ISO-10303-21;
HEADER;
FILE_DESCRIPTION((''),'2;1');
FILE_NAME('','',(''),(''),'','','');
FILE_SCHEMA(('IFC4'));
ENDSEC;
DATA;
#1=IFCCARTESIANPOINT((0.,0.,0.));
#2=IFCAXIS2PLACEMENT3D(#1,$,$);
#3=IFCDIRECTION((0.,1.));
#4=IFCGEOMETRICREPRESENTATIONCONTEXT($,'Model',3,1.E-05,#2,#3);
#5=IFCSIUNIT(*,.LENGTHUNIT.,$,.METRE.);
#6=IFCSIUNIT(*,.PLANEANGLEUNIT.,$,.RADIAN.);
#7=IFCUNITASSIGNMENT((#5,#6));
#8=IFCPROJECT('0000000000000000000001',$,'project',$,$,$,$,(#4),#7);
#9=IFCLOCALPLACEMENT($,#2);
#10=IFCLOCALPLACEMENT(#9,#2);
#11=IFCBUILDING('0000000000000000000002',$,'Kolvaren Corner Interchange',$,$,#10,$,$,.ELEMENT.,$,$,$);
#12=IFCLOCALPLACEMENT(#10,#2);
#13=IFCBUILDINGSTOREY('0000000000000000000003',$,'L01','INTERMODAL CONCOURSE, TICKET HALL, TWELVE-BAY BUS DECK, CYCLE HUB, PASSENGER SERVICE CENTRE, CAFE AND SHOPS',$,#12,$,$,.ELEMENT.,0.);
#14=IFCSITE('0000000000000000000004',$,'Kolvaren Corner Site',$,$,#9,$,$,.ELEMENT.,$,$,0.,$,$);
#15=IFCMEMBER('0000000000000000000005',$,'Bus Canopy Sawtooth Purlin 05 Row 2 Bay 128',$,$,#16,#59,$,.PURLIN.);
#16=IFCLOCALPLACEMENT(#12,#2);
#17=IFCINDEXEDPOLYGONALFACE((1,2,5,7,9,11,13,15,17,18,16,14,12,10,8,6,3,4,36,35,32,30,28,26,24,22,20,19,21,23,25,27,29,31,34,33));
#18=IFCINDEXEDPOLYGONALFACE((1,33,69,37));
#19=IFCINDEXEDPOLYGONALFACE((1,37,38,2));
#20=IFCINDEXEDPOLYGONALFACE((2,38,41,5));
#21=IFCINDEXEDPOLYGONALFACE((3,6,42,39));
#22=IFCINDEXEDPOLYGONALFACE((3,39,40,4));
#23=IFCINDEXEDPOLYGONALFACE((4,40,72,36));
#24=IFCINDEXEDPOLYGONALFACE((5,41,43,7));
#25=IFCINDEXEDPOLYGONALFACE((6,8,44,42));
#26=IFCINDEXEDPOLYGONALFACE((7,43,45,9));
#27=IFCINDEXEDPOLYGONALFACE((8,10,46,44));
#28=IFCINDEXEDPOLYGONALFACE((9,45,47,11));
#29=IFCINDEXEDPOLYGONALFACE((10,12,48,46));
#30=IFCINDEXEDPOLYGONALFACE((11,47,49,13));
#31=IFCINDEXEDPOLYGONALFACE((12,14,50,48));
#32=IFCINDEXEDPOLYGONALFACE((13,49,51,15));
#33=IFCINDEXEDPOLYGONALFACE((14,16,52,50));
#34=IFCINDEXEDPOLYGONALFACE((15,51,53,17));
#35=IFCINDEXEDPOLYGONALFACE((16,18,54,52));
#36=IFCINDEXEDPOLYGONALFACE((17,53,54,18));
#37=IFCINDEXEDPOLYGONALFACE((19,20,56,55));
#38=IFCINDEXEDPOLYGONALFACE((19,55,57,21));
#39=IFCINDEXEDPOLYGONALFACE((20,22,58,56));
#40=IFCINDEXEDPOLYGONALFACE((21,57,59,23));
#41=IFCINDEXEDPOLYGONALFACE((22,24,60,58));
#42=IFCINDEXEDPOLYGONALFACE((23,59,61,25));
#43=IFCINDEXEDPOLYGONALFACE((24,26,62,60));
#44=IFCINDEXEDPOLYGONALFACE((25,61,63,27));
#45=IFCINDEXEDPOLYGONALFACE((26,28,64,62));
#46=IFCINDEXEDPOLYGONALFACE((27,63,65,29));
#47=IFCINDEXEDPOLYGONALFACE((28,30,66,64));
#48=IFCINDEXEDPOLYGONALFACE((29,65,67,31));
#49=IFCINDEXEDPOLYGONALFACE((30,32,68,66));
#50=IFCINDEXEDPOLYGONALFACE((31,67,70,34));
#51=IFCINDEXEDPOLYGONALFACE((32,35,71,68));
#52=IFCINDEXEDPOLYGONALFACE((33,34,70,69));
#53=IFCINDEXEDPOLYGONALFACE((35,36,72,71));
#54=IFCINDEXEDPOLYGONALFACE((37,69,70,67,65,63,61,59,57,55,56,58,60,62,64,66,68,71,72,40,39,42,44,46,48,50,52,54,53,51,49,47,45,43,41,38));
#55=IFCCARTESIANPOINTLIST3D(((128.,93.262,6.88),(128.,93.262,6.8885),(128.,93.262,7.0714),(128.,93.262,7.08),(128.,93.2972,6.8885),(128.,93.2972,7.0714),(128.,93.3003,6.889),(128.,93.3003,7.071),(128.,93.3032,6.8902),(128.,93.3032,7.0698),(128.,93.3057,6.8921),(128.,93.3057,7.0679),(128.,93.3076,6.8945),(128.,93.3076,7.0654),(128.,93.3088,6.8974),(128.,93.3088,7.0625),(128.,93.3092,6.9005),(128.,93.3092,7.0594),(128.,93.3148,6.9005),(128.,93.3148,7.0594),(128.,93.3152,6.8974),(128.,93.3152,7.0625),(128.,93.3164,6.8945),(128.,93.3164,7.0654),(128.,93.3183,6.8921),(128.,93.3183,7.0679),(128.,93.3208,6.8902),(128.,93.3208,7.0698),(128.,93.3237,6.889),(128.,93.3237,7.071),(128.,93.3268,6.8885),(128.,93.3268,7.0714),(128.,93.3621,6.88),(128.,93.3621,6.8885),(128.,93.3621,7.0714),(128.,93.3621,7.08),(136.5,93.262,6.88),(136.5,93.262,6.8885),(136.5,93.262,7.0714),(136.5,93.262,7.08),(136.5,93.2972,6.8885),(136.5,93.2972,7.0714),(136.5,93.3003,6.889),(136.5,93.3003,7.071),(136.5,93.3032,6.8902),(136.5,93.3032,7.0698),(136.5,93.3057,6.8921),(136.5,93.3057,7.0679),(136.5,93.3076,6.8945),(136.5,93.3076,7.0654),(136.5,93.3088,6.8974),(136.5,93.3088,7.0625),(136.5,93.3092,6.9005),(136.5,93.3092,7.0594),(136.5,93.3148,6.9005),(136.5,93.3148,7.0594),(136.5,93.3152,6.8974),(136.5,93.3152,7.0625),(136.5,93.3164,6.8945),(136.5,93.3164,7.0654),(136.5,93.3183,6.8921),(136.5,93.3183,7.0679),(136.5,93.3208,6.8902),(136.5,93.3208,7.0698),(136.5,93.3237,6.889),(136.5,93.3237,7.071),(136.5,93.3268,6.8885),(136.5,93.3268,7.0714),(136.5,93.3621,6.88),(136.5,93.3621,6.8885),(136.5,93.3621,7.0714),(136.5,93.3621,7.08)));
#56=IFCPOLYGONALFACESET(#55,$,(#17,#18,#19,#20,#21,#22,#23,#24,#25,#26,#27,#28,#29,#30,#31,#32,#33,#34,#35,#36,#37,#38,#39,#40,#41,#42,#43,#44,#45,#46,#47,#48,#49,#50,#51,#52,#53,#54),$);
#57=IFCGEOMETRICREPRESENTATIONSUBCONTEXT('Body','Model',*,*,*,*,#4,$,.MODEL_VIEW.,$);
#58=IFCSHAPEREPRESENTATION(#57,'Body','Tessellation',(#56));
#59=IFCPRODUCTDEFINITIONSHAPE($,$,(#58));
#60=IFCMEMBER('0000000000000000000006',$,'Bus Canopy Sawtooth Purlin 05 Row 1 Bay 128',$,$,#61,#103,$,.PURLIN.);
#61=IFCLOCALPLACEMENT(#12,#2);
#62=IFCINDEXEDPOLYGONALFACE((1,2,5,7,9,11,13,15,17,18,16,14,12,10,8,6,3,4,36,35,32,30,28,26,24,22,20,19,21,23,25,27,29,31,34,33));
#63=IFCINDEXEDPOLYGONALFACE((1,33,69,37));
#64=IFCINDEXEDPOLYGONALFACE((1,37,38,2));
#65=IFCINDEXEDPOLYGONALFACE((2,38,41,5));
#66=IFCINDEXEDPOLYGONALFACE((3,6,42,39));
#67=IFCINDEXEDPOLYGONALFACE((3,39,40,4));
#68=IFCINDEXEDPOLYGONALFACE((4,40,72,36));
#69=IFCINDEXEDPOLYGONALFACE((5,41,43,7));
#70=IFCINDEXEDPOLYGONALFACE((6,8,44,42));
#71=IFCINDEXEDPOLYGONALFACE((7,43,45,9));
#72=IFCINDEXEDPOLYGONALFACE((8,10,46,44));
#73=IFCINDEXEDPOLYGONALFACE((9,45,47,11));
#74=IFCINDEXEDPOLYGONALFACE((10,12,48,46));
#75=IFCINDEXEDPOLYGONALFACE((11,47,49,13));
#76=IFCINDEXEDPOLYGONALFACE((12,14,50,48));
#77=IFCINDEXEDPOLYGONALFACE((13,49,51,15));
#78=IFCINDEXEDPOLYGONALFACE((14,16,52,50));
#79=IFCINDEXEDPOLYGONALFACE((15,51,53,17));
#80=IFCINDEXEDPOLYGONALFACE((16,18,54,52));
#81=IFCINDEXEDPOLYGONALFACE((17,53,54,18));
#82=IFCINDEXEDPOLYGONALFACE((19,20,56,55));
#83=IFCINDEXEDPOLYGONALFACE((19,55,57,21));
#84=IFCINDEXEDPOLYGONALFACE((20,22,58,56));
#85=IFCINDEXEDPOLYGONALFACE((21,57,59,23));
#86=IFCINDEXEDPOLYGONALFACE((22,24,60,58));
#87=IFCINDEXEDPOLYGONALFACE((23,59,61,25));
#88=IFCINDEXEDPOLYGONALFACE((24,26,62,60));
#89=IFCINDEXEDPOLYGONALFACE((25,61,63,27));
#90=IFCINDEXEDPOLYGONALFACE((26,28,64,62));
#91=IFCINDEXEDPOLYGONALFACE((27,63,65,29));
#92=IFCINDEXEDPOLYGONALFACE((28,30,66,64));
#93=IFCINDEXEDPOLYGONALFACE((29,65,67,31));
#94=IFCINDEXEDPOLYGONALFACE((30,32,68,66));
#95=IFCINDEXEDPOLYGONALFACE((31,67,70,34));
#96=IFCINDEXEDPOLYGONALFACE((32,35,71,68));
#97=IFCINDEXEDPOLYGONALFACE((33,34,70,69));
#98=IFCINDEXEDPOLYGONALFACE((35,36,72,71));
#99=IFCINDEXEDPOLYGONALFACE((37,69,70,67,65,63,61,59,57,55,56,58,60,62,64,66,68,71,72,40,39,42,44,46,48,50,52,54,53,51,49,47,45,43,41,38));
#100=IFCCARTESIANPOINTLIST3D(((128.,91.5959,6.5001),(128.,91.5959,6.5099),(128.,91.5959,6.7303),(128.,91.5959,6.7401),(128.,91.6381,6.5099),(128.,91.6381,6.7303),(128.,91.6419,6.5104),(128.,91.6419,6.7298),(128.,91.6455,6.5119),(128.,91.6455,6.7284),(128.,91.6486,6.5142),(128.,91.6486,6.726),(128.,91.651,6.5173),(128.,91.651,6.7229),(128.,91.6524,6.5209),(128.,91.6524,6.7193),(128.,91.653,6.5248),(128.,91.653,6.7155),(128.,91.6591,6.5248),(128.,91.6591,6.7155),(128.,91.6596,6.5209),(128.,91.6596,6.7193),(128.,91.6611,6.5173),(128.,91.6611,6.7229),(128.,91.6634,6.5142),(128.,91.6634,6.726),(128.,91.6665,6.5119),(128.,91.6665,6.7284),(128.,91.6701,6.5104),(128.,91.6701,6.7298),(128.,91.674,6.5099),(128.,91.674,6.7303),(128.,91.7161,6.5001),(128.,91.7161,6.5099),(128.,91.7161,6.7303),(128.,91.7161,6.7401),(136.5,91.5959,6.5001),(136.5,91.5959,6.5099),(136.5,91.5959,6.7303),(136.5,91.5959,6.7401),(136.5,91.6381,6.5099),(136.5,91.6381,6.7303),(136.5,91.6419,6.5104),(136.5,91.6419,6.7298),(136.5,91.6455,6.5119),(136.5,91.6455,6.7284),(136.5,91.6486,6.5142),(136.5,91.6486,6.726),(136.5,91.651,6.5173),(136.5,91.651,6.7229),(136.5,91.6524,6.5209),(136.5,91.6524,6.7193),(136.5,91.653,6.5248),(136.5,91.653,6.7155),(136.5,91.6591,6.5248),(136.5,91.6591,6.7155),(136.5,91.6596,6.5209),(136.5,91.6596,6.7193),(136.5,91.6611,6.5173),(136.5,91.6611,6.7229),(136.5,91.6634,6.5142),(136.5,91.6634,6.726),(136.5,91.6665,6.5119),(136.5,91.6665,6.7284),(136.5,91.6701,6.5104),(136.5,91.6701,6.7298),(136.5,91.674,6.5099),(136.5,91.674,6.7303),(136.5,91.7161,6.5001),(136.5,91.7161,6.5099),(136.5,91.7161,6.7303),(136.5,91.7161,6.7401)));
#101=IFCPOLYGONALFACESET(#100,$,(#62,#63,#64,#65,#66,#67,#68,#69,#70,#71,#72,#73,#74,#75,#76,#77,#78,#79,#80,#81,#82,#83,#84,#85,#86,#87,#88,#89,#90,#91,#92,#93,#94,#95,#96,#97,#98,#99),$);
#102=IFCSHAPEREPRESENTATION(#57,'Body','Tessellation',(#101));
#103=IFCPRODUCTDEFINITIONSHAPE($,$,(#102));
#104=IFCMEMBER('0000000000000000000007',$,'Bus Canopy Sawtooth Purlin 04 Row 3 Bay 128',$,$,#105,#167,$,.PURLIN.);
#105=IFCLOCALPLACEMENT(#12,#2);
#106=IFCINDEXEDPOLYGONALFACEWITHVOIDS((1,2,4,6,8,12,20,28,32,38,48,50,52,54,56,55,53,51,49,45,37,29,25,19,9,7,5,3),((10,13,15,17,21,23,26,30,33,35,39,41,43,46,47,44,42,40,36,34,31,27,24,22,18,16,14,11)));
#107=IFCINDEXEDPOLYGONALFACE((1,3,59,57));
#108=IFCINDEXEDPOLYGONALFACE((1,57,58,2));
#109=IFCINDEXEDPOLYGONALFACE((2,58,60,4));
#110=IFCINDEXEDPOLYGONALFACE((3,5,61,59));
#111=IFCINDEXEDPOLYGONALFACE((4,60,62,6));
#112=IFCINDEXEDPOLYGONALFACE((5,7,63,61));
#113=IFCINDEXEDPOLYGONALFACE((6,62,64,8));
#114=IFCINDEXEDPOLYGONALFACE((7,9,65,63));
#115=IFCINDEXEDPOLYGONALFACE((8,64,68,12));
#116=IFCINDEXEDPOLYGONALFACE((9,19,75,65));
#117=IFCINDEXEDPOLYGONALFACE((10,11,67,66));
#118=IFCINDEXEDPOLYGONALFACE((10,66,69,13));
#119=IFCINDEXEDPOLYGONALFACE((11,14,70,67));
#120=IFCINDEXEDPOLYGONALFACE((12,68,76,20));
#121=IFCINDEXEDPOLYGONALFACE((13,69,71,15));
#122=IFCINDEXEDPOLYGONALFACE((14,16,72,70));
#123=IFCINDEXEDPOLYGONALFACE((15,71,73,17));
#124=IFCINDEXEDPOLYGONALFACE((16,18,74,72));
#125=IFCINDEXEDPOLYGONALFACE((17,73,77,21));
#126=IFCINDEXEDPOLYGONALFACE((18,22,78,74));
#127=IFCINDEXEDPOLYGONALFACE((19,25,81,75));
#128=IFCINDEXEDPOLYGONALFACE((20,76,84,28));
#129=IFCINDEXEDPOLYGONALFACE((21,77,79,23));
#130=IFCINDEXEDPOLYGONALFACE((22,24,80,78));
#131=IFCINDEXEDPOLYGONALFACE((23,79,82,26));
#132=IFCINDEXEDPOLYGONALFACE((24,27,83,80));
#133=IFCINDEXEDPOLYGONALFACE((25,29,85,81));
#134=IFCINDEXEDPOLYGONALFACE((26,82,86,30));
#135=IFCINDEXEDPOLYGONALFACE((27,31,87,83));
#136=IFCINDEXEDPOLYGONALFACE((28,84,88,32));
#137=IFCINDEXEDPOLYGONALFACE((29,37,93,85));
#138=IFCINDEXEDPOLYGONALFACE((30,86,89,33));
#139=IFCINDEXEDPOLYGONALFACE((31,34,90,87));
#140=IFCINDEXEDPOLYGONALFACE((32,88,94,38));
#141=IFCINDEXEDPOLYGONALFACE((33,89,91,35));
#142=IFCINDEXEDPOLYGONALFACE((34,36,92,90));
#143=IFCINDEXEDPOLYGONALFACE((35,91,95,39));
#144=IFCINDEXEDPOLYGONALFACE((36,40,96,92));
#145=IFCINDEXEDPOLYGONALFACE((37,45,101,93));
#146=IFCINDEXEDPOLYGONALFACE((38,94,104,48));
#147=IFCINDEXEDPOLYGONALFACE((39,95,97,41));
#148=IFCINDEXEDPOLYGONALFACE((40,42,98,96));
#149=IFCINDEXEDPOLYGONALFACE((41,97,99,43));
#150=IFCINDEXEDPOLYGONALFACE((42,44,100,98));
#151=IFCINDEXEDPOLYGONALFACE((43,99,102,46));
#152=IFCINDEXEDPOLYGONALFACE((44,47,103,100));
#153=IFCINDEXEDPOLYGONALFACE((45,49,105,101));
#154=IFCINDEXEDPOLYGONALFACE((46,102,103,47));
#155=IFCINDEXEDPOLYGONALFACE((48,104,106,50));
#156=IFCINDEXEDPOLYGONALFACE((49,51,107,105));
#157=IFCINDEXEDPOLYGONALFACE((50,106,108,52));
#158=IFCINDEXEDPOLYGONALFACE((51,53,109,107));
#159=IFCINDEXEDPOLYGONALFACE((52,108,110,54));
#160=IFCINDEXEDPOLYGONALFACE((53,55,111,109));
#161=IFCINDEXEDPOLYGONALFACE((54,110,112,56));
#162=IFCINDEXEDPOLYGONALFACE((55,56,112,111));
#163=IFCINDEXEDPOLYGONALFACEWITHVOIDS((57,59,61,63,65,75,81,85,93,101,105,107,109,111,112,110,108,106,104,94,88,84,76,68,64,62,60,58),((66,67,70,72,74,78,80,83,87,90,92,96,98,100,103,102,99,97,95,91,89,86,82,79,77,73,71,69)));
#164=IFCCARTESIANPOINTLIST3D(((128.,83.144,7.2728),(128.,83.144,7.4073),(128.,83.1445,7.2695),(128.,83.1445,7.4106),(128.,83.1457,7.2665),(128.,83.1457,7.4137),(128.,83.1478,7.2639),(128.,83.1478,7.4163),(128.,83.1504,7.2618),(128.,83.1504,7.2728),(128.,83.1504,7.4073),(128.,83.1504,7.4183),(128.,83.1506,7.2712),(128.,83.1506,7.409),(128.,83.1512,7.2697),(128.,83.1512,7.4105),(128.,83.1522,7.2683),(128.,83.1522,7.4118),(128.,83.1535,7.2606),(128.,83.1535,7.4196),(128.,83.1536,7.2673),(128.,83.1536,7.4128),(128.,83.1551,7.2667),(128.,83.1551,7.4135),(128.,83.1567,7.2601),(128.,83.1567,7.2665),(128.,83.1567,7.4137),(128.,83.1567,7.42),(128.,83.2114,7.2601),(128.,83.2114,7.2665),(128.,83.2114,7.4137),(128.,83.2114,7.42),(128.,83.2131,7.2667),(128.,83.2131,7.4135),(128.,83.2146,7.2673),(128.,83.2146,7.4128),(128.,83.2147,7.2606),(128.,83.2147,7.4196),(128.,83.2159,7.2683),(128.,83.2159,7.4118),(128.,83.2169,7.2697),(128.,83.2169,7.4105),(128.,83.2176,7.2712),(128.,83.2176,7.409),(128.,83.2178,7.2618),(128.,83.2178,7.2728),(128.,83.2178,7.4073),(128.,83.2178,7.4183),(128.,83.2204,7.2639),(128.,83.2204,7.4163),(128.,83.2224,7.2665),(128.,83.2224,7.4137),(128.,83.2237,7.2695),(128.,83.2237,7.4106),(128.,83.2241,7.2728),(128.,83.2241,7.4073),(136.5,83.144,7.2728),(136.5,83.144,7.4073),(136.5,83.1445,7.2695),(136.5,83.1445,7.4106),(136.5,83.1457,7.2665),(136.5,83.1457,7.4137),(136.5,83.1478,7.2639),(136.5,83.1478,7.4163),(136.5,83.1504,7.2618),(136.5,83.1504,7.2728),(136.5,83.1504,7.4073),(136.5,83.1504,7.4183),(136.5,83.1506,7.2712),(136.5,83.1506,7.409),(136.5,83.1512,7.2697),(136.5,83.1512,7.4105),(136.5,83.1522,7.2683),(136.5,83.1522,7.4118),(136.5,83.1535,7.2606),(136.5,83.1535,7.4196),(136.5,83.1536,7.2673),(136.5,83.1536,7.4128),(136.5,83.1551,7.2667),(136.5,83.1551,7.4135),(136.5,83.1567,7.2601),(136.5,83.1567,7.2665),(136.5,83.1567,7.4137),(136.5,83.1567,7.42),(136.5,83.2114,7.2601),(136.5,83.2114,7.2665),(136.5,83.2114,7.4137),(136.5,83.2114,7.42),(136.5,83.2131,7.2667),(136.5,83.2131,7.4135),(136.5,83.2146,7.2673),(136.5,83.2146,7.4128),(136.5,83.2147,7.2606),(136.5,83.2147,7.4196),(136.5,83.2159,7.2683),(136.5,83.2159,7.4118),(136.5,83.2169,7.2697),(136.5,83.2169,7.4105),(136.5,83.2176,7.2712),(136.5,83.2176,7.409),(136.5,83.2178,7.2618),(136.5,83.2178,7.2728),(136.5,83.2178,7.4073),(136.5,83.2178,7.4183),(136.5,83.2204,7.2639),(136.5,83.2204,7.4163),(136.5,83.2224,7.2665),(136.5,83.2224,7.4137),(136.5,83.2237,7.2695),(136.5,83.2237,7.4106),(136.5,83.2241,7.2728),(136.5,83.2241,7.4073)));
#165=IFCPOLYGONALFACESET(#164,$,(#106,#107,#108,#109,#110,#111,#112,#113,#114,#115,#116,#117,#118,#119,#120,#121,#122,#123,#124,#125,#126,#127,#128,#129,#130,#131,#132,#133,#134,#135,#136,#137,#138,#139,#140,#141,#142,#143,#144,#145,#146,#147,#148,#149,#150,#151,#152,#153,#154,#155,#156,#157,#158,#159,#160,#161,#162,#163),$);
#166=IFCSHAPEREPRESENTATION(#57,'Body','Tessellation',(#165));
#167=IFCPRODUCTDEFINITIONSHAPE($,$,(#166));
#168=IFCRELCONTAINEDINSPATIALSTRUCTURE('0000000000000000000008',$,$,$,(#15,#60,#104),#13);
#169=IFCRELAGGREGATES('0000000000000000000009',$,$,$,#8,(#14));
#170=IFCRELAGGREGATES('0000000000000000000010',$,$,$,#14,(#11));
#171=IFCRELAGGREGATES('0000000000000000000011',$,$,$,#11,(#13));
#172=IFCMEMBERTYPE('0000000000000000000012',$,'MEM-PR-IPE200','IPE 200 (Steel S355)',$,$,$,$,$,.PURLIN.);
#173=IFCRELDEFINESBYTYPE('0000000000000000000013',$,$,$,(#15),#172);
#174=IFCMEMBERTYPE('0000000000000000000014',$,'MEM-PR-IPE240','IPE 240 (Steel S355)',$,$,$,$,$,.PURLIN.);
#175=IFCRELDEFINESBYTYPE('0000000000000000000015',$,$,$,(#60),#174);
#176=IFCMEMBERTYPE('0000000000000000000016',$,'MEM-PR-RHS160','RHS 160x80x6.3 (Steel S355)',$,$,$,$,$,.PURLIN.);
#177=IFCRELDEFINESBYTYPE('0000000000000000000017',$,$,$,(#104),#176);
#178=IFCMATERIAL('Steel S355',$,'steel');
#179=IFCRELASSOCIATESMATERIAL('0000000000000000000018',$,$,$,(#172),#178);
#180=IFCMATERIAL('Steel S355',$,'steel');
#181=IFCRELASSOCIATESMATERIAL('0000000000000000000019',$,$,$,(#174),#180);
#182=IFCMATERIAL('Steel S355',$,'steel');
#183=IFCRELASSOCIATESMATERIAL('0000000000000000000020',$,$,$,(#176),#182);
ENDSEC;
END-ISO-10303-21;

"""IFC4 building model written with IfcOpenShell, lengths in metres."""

from ifc_helpers import new_model, si_unit, direction, frame, origin, origin_2d, place, context, subcontext, project, spatial, hollow_rectangle, i_section, extrude, material, material_profile, profile_set, type_object, element, save


model = new_model("IFC4")

# Units and contexts
model_context = context("Model", 3, precision=1e-05, world=origin(), true_north=direction((0.0, 1.0)))
body_context = subcontext(model_context, "Body", "Model", "MODEL_VIEW")
ifc_project = project(units=[si_unit("LENGTHUNIT", "METRE"), si_unit("PLANEANGLEUNIT", "RADIAN")], contexts=[model_context])

# Site, building, storey
site_placement = place(None, origin())
site = spatial("IfcSite", under=ifc_project, at=site_placement, Name="Kolvaren Corner Site", CompositionType="ELEMENT", RefElevation=0.0)
building_placement = place(site_placement, origin())
building = spatial("IfcBuilding", under=site, at=building_placement, Name="Kolvaren Corner Interchange", CompositionType="ELEMENT")
storey_placement = place(building_placement, origin())
storey = spatial("IfcBuildingStorey", under=building, at=storey_placement, Name="L01", Description="INTERMODAL CONCOURSE, TICKET HALL, TWELVE-BAY BUS DECK, CYCLE HUB, PASSENGER SERVICE CENTRE, CAFE AND SHOPS", CompositionType="ELEMENT", Elevation=0.0)

# Members
ifc_material_1 = material(Name="Steel S355", Category="steel")
ifc_material_profile_1 = material_profile(ifc_material_1, i_section(OverallWidth=0.1001, OverallDepth=0.2, WebThickness=0.0056, FlangeThickness=0.0085, FilletRadius=0.012, at=origin_2d()), Name="IPE 200")
ifc_profile_set_1 = profile_set([ifc_material_profile_1], Name="Steel S355")
member_type_1 = type_object("IfcMemberType", Name="MEM-PR-IPE200", Description="IPE 200 (Steel S355)", PredefinedType="PURLIN", material=ifc_profile_set_1)
member_1_placement = place(storey_placement, frame((128.0, 93.312, 6.98), z_axis=(1.0, 0.0, 0.0), x_axis=(0.0, 1.0, 0.0)))
element("IfcMember", 1, at=member_1_placement, inside=storey, type_object=member_type_1, Name="Bus Canopy Sawtooth Purlin 05 Row 2 Bay 128", PredefinedType="PURLIN", context=body_context, shape_type="SweptSolid", body=[
    extrude(i_section(OverallWidth=0.1001, OverallDepth=0.2, WebThickness=0.0056, FlangeThickness=0.0085, FilletRadius=0.012, at=origin_2d()), origin(), (0.0, 0.0, 1.0), 8.5),
])
ifc_material_2 = material(Name="Steel S355", Category="steel")
ifc_material_profile_2 = material_profile(ifc_material_2, i_section(OverallWidth=0.1201, OverallDepth=0.24, WebThickness=0.0061, FlangeThickness=0.0098, FilletRadius=0.0149, at=origin_2d()), Name="IPE 240")
ifc_profile_set_2 = profile_set([ifc_material_profile_2], Name="Steel S355")
member_type_2 = type_object("IfcMemberType", Name="MEM-PR-IPE240", Description="IPE 240 (Steel S355)", PredefinedType="PURLIN", material=ifc_profile_set_2)
member_2_placement = place(storey_placement, frame((128.0, 91.656, 6.6201), z_axis=(1.0, 0.0, 0.0), x_axis=(0.0, 1.0, 0.0)))
element("IfcMember", 2, at=member_2_placement, inside=storey, type_object=member_type_2, Name="Bus Canopy Sawtooth Purlin 05 Row 1 Bay 128", PredefinedType="PURLIN", context=body_context, shape_type="SweptSolid", body=[
    extrude(i_section(OverallWidth=0.1201, OverallDepth=0.24, WebThickness=0.0061, FlangeThickness=0.0098, FilletRadius=0.0149, at=origin_2d()), origin(), (0.0, 0.0, 1.0), 8.5),
])
ifc_material_3 = material(Name="Steel S355", Category="steel")
ifc_material_profile_3 = material_profile(ifc_material_3, hollow_rectangle(XDim=0.0801, YDim=0.1599, WallThickness=0.0063, InnerFilletRadius=0.0063, OuterFilletRadius=0.0127, at=origin_2d()), Name="RHS 160x80x6.3")
ifc_profile_set_3 = profile_set([ifc_material_profile_3], Name="Steel S355")
member_type_3 = type_object("IfcMemberType", Name="MEM-PR-RHS160", Description="RHS 160x80x6.3 (Steel S355)", PredefinedType="PURLIN", material=ifc_profile_set_3)
for number, where, z_axis, x_axis, name in (
    (3, (128.0, 83.1841, 7.3401), (1.0, 0.0, 0.0), (0.0, 1.0, 0.0), "Bus Canopy Sawtooth Purlin 04 Row 3 Bay 128"),
):
    element("IfcMember", number, at=place(storey_placement, frame(where, z_axis=z_axis, x_axis=x_axis)), inside=storey, type_object=member_type_3, Name=name, PredefinedType="PURLIN", context=body_context, shape_type="SweptSolid", body=[
        extrude(hollow_rectangle(XDim=0.0801, YDim=0.1599, WallThickness=0.0063, InnerFilletRadius=0.0063, OuterFilletRadius=0.0127, at=origin_2d()), origin(), (0.0, 0.0, 1.0), 8.5),
    ])

save(model, "model.ifc")
